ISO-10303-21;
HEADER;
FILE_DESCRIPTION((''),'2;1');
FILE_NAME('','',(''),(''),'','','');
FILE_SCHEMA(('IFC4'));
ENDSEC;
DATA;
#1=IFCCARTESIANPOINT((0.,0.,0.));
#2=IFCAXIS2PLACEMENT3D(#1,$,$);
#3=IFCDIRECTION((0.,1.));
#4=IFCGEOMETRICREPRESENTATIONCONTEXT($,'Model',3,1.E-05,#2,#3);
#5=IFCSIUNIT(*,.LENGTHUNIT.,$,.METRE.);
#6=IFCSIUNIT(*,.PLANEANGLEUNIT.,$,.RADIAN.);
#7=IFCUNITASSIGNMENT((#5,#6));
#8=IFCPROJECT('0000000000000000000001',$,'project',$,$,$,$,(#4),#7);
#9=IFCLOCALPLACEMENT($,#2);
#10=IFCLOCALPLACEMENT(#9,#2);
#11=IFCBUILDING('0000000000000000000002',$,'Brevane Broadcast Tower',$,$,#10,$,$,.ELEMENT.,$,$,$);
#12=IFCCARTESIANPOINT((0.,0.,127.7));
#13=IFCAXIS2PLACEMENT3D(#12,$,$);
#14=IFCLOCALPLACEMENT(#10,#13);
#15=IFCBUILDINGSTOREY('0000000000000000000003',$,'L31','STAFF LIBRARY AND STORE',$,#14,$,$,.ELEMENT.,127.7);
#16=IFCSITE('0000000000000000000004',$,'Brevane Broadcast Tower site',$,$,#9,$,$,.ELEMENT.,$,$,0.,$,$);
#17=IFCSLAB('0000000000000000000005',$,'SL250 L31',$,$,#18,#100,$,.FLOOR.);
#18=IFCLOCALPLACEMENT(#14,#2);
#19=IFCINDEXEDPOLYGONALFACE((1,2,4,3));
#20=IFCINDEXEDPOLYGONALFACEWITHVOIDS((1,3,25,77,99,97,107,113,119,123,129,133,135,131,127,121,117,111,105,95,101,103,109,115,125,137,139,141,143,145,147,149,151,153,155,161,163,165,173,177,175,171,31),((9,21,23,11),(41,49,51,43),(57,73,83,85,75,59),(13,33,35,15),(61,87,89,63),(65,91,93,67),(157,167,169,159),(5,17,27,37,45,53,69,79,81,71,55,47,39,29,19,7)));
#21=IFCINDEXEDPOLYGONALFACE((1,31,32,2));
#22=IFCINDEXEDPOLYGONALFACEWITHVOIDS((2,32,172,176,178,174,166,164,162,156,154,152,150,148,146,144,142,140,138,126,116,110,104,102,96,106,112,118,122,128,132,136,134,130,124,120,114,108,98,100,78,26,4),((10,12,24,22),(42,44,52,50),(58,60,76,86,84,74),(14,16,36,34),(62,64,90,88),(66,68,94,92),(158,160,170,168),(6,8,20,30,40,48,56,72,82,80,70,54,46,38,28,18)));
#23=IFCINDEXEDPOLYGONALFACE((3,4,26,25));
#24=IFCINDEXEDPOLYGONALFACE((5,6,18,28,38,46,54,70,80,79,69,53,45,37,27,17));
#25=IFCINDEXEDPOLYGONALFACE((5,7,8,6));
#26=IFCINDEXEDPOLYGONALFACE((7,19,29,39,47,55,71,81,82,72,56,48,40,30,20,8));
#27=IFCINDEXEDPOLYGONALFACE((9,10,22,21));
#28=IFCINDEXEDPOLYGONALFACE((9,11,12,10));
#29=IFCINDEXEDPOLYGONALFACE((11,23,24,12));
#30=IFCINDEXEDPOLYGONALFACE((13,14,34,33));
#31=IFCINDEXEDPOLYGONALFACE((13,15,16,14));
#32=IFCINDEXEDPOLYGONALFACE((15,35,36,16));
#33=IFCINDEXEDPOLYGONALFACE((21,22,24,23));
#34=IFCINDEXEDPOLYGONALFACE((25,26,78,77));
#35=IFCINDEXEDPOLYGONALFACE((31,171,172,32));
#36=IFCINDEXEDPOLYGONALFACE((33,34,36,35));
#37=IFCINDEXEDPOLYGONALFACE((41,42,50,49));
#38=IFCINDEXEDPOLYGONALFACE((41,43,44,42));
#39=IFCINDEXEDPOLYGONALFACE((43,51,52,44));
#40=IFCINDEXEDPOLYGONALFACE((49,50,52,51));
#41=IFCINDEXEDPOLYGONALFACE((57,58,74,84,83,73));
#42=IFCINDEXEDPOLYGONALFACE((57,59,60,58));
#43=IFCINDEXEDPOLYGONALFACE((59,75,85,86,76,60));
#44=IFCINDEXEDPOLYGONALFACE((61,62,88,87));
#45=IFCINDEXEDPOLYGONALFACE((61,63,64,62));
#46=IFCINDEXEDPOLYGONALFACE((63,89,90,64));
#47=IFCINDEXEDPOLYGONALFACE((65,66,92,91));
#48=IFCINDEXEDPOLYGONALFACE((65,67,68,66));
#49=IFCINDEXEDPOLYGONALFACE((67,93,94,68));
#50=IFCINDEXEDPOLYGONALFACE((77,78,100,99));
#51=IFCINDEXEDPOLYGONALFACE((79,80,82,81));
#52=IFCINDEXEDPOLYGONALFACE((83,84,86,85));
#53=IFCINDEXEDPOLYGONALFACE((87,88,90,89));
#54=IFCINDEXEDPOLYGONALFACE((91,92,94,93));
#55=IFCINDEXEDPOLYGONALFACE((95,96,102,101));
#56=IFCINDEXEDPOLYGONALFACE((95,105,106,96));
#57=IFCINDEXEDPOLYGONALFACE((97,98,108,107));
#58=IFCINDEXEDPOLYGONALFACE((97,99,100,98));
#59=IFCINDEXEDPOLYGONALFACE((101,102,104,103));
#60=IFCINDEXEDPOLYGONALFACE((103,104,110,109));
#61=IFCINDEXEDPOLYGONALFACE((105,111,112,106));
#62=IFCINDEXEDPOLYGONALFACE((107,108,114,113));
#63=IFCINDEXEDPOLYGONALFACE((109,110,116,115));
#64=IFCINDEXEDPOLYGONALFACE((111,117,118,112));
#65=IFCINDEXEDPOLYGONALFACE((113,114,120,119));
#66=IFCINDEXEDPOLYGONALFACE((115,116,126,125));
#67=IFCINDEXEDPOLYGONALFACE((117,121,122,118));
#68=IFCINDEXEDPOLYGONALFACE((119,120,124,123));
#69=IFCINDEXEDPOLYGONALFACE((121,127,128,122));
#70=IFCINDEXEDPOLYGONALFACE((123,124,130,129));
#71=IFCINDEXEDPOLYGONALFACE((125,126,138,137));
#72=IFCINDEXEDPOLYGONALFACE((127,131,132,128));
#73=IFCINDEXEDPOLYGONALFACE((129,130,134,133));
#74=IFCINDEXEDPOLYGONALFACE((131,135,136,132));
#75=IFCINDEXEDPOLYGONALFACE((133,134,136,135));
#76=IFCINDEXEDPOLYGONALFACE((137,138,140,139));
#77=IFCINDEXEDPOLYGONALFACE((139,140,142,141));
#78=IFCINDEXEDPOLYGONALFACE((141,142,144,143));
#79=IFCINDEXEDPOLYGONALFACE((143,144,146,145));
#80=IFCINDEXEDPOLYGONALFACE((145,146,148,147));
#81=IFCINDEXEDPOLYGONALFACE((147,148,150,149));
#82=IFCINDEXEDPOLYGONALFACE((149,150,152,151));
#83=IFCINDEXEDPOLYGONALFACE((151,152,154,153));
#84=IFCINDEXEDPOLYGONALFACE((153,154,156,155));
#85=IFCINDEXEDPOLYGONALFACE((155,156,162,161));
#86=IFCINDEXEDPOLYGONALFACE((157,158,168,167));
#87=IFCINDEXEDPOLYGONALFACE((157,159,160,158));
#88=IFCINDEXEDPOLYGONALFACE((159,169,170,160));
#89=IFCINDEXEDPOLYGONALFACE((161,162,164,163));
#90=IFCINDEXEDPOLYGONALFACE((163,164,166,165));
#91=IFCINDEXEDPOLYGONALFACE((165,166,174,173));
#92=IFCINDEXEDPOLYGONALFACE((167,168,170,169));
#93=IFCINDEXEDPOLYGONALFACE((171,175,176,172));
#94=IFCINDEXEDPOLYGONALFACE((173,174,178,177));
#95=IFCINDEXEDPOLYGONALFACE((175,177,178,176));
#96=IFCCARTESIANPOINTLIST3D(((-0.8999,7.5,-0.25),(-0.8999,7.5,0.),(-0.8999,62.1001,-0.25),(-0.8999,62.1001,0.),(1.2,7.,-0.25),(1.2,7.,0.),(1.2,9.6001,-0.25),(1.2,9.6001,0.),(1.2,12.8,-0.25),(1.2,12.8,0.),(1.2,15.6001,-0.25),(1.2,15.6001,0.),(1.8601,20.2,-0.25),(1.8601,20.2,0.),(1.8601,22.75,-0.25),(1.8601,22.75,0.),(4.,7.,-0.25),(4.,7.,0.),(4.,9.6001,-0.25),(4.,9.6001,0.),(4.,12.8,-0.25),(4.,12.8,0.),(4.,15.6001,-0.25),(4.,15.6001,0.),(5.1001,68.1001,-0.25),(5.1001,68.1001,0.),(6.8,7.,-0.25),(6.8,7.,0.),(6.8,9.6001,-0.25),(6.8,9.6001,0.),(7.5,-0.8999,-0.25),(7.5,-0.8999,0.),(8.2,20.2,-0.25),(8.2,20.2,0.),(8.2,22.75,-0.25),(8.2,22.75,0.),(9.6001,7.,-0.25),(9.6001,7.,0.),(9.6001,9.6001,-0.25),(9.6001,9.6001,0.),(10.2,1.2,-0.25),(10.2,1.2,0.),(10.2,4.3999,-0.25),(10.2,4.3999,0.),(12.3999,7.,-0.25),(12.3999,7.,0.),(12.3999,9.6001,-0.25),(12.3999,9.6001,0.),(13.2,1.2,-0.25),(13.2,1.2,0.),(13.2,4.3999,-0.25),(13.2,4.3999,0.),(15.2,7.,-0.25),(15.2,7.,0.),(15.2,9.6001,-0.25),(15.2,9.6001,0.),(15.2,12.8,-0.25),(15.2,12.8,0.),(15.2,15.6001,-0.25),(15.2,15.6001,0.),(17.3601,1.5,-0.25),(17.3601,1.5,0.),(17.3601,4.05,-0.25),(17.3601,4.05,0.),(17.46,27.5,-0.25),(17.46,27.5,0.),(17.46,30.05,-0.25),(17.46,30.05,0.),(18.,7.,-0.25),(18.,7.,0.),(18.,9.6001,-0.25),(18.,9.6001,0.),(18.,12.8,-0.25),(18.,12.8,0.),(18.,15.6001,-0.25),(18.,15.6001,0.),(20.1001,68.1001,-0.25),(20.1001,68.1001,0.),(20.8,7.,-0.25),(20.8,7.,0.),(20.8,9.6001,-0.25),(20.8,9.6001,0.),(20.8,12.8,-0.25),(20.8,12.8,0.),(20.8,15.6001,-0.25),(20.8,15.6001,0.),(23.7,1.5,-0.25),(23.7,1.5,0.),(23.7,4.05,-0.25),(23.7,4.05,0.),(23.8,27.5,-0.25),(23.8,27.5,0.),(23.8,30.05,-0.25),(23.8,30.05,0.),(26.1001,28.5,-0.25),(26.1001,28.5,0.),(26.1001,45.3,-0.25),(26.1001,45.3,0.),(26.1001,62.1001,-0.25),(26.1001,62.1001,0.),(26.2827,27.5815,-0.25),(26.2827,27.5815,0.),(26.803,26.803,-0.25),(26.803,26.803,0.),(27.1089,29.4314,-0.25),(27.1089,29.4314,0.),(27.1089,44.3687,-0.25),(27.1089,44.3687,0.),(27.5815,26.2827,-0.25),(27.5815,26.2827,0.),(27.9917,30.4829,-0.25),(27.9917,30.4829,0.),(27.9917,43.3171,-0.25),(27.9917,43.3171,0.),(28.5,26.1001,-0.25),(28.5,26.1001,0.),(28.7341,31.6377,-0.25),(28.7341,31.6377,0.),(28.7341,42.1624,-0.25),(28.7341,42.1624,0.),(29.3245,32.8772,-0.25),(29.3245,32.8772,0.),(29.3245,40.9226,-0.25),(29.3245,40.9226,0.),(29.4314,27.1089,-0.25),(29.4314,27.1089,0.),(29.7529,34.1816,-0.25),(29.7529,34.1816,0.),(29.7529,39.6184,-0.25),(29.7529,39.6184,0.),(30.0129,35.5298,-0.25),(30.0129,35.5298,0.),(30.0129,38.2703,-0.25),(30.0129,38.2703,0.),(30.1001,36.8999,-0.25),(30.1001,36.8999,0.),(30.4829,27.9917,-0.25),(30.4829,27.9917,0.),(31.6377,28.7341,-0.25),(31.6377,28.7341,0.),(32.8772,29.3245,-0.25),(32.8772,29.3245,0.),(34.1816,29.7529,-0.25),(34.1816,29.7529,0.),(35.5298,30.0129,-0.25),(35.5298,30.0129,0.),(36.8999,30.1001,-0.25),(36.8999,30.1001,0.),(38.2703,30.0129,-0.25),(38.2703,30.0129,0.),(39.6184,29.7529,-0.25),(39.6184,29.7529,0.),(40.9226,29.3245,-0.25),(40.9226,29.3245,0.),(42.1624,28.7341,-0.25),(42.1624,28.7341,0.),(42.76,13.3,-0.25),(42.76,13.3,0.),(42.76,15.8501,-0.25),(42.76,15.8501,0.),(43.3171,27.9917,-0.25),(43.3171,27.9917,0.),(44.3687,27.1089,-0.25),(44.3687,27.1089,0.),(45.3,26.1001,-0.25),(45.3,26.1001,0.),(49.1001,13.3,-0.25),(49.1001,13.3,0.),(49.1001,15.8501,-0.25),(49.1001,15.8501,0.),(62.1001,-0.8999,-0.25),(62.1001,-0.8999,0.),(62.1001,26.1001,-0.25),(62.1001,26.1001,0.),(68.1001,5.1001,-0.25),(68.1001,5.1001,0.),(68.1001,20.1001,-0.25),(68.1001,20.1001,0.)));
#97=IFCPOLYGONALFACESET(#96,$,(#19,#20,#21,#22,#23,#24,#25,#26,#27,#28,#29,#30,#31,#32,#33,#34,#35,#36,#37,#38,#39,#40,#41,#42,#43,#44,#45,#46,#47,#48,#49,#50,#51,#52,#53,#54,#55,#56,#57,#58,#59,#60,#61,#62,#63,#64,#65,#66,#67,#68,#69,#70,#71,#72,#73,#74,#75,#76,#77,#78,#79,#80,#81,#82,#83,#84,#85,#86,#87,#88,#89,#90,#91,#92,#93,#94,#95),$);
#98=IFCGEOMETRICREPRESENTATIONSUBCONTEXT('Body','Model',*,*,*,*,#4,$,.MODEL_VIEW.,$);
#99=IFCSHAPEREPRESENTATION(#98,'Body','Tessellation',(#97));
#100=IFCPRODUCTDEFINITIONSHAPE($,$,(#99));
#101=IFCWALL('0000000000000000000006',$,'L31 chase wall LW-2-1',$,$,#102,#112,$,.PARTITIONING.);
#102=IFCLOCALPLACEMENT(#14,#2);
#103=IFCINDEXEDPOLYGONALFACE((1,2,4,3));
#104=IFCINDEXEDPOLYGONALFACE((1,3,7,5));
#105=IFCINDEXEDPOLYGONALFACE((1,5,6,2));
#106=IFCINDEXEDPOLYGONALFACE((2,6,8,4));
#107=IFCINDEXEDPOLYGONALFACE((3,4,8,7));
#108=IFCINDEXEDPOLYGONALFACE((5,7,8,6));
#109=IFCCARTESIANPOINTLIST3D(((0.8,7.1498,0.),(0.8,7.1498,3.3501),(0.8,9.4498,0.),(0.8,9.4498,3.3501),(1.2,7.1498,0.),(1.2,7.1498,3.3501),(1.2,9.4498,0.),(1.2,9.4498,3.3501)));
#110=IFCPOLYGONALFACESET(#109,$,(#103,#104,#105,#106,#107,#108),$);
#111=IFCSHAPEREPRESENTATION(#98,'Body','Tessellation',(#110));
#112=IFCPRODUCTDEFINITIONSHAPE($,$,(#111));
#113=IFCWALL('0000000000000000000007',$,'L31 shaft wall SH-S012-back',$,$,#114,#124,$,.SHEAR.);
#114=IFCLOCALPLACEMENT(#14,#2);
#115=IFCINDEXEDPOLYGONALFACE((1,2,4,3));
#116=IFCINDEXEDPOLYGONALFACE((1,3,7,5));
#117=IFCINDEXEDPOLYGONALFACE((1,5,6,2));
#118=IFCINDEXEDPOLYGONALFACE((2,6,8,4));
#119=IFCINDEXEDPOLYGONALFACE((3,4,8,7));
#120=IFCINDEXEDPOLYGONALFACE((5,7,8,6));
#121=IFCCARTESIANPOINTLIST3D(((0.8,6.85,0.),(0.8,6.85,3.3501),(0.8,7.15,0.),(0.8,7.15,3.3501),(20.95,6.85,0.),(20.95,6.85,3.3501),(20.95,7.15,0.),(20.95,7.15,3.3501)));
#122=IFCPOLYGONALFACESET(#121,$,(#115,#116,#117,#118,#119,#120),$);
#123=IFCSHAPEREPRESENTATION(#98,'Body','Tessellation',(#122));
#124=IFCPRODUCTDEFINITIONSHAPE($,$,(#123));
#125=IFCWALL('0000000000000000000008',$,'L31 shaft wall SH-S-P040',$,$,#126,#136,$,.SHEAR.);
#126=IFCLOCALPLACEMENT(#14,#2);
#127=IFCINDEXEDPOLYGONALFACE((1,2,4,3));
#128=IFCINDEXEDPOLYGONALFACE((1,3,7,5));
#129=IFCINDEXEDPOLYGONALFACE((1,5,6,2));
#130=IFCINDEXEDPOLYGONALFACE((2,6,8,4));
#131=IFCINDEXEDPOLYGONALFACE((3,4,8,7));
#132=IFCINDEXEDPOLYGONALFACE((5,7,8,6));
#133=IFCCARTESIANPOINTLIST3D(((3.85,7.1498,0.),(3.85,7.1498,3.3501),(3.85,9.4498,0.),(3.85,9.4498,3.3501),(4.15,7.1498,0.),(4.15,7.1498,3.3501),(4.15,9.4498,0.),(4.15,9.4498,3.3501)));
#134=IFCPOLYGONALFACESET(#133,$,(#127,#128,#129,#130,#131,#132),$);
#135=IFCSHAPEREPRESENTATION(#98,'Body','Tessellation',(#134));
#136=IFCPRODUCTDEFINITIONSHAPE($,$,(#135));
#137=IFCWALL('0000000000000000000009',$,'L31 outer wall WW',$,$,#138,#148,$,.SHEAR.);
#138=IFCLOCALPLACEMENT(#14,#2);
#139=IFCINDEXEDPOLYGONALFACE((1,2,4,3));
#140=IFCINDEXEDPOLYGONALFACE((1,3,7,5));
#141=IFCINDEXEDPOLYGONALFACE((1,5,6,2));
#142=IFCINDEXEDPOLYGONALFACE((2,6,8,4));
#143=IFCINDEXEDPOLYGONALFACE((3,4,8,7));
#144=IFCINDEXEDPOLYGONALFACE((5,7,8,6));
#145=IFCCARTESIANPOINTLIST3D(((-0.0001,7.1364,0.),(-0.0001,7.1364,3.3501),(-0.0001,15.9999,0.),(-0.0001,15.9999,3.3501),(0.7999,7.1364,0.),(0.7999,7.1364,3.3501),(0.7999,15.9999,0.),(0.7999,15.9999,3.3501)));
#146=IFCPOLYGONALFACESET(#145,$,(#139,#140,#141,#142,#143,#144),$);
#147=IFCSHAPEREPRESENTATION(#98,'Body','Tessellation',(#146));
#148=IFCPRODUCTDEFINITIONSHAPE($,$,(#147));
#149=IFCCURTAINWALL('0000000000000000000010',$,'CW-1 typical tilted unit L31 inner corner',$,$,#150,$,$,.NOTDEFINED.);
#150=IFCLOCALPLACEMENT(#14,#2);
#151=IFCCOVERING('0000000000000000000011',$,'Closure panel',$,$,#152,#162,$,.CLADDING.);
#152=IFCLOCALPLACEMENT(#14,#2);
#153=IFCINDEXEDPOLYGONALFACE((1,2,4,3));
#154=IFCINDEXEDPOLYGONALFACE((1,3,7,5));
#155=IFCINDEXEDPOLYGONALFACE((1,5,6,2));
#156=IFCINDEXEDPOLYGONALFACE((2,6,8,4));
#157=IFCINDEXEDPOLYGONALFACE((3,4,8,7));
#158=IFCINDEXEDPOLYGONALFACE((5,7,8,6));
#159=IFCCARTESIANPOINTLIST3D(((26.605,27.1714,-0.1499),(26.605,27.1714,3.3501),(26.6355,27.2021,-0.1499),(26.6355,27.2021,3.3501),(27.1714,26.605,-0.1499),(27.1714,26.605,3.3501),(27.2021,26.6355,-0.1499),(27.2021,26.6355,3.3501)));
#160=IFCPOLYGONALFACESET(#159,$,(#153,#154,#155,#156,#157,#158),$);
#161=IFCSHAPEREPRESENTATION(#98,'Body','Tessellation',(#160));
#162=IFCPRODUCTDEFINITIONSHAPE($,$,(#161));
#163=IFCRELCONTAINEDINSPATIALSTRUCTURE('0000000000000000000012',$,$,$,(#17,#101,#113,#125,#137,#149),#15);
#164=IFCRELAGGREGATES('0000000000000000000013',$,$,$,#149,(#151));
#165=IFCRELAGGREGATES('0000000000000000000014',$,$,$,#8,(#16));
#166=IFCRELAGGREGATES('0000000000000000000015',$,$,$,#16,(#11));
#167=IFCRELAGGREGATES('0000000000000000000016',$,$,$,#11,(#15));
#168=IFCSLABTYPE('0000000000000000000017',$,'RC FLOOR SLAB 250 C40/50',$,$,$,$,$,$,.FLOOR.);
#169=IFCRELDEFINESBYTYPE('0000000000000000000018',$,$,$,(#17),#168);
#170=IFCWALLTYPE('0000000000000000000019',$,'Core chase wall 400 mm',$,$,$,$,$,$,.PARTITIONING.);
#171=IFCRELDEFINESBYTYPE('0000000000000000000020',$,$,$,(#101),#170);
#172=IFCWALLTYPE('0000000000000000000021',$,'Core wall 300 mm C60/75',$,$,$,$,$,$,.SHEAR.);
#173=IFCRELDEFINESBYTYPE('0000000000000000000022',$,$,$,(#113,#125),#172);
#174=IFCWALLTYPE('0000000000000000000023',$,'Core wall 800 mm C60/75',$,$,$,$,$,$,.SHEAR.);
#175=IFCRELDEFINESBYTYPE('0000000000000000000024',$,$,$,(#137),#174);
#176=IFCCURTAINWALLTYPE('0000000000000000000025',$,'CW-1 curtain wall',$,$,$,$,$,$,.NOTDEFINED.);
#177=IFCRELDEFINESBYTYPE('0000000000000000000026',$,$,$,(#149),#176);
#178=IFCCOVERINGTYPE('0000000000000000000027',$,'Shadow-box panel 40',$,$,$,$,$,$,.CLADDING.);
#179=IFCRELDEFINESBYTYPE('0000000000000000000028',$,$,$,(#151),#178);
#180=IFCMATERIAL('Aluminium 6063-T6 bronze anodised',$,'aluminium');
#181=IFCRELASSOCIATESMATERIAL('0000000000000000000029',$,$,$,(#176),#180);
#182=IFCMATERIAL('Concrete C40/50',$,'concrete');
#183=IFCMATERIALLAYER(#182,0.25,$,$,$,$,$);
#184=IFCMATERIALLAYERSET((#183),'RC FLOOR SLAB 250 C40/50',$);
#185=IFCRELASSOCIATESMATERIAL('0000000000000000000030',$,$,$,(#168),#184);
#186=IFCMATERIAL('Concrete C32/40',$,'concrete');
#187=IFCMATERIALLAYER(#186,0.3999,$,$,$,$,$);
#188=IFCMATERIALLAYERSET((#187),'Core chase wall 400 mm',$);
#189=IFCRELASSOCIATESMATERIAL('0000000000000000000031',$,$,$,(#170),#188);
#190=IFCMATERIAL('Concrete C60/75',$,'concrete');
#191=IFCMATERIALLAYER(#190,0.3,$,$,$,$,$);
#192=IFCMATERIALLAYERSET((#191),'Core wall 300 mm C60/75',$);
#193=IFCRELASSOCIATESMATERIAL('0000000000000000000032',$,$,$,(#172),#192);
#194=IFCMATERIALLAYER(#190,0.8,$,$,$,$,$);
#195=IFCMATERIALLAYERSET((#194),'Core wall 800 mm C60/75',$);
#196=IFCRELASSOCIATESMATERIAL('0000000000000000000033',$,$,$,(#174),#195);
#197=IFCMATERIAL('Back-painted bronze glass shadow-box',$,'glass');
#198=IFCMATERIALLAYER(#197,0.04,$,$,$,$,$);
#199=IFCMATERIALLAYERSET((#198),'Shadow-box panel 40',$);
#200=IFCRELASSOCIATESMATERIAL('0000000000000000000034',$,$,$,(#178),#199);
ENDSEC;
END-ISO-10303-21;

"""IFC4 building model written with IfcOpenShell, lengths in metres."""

from ifc_helpers import new_model, si_unit, direction, frame, frame_2d, origin, place, context, subcontext, project, spatial, polyline, rectangle, outline, extrude, material, layer, layer_set, type_object, element, aggregate, save


model = new_model("IFC4")

# Units and contexts
model_context = context("Model", 3, precision=1e-05, world=origin(), true_north=direction((0.0, 1.0)))
body_context = subcontext(model_context, "Body", "Model", "MODEL_VIEW")
ifc_project = project(units=[si_unit("LENGTHUNIT", "METRE"), si_unit("PLANEANGLEUNIT", "RADIAN")], contexts=[model_context])

# Site, building, storey
site_placement = place(None, origin())
site = spatial("IfcSite", under=ifc_project, at=site_placement, Name="Brevane Broadcast Tower site", CompositionType="ELEMENT", RefElevation=0.0)
building_placement = place(site_placement, origin())
building = spatial("IfcBuilding", under=site, at=building_placement, Name="Brevane Broadcast Tower", CompositionType="ELEMENT")
storey_placement = place(building_placement, frame((0.0, 0.0, 127.7)))
storey = spatial("IfcBuildingStorey", under=building, at=storey_placement, Name="L31", Description="STAFF LIBRARY AND STORE", CompositionType="ELEMENT", Elevation=127.7)

# Shared definitions
ifc_material_1 = material(Name="Aluminium 6063-T6 bronze anodised", Category="aluminium")
curtain_wall_type = type_object("IfcCurtainWallType", Name="CW-1 curtain wall", PredefinedType="NOTDEFINED", material=ifc_material_1)

# Slab
ifc_material_2 = material(Name="Concrete C40/50", Category="concrete")
ifc_layer_1 = layer(ifc_material_2, 0.25)
ifc_layer_set_1 = layer_set([ifc_layer_1], Name="RC FLOOR SLAB 250 C40/50")
slab_type_1 = type_object("IfcSlabType", Name="RC FLOOR SLAB 250 C40/50", PredefinedType="FLOOR", material=ifc_layer_set_1)
slab_1_placement = place(storey_placement, frame((0.0, 0.0, -0.25)))
element("IfcSlab", 1, at=slab_1_placement, inside=storey, type_object=slab_type_1, Name="SL250 L31", PredefinedType="FLOOR", context=body_context, shape_type="SweptSolid", body=[
    extrude(outline(polyline([(-0.8999, 7.5), (-0.8999, 62.1001), (5.1001, 68.1001), (20.1001, 68.1001), (26.1001, 62.1001), (26.1001, 45.3), (27.1089, 44.3687), (27.9917, 43.3171), (28.7341, 42.1624), (29.3245, 40.9226), (29.7529, 39.6184), (30.0129, 38.2703), (30.1001, 36.8999), (30.0129, 35.5298), (29.7529, 34.1816), (29.3245, 32.8772), (28.7341, 31.6377), (27.9917, 30.4829), (27.1089, 29.4314), (26.1001, 28.5), (26.2827, 27.5815), (26.803, 26.803), (27.5815, 26.2827), (28.5, 26.1001), (29.4314, 27.1089), (30.4829, 27.9917), (31.6377, 28.7341), (32.8772, 29.3245), (34.1816, 29.7529), (35.5298, 30.0129), (36.8999, 30.1001), (38.2703, 30.0129), (39.6184, 29.7529), (40.9226, 29.3245), (42.1624, 28.7341), (43.3171, 27.9917), (44.3687, 27.1089), (45.3, 26.1001), (62.1001, 26.1001), (68.1001, 20.1001), (68.1001, 5.1001), (62.1001, -0.8999), (7.5, -0.8999), (-0.8999, 7.5)]), holes=[polyline([(13.2, 4.3999), (10.2, 4.3999), (10.2, 1.2), (13.2, 1.2), (13.2, 4.3999)]), polyline([(4.0, 9.6001), (1.2, 9.6001), (1.2, 7.0), (4.0, 7.0), (6.8, 7.0), (9.6001, 7.0), (12.3999, 7.0), (15.2, 7.0), (18.0, 7.0), (20.8, 7.0), (20.8, 9.6001), (18.0, 9.6001), (15.2, 9.6001), (12.3999, 9.6001), (9.6001, 9.6001), (6.8, 9.6001), (4.0, 9.6001)]), polyline([(4.0, 12.8), (4.0, 15.6001), (1.2, 15.6001), (1.2, 12.8), (4.0, 12.8)]), polyline([(8.2, 22.75), (1.8601, 22.75), (1.8601, 20.2), (8.2, 20.2), (8.2, 22.75)]), polyline([(23.7, 4.05), (17.3601, 4.05), (17.3601, 1.5), (23.7, 1.5), (23.7, 4.05)]), polyline([(18.0, 15.6001), (15.2, 15.6001), (15.2, 12.8), (18.0, 12.8), (20.8, 12.8), (20.8, 15.6001), (18.0, 15.6001)]), polyline([(49.1001, 15.8501), (42.76, 15.8501), (42.76, 13.3), (49.1001, 13.3), (49.1001, 15.8501)]), polyline([(23.8, 30.05), (17.46, 30.05), (17.46, 27.5), (23.8, 27.5), (23.8, 30.05)])]), origin(), (0.0, 0.0, 1.0), 0.25),
])

# Walls
ifc_material_3 = material(Name="Concrete C32/40", Category="concrete")
ifc_layer_2 = layer(ifc_material_3, 0.3999)
ifc_layer_set_2 = layer_set([ifc_layer_2], Name="Core chase wall 400 mm")
wall_type_1 = type_object("IfcWallType", Name="Core chase wall 400 mm", PredefinedType="PARTITIONING", material=ifc_layer_set_2)
wall_1_placement = place(storey_placement, frame((1.0, 7.1499, 0.0), z_axis=(0.0, 0.0, 1.0), x_axis=(0.0, 1.0, 0.0)))
element("IfcWall", 2, at=wall_1_placement, inside=storey, type_object=wall_type_1, Name="L31 chase wall LW-2-1", PredefinedType="PARTITIONING", context=body_context, shape_type="SweptSolid", body=[
    extrude(rectangle(XDim=2.3, YDim=0.3999, at=frame_2d((1.1499, 0.0))), origin(), (0.0, 0.0, 1.0), 3.3501),
])
ifc_material_4 = material(Name="Concrete C60/75", Category="concrete")
ifc_layer_3 = layer(ifc_material_4, 0.3)
ifc_layer_set_3 = layer_set([ifc_layer_3], Name="Core wall 300 mm C60/75")
wall_type_2 = type_object("IfcWallType", Name="Core wall 300 mm C60/75", PredefinedType="SHEAR", material=ifc_layer_set_3)
wall_2_placement = place(storey_placement, frame((0.8, 7.0, 0.0), z_axis=(0.0, 0.0, 1.0), x_axis=(1.0, 0.0, 0.0)))
element("IfcWall", 3, at=wall_2_placement, inside=storey, type_object=wall_type_2, Name="L31 shaft wall SH-S012-back", PredefinedType="SHEAR", context=body_context, shape_type="SweptSolid", body=[
    extrude(rectangle(XDim=20.1499, YDim=0.3, at=frame_2d((10.075, 0.0))), origin(), (0.0, 0.0, 1.0), 3.3501),
])
wall_3_placement = place(storey_placement, frame((4.0, 7.1499, 0.0), z_axis=(0.0, 0.0, 1.0), x_axis=(0.0, 1.0, 0.0)))
element("IfcWall", 4, at=wall_3_placement, inside=storey, type_object=wall_type_2, Name="L31 shaft wall SH-S-P040", PredefinedType="SHEAR", context=body_context, shape_type="SweptSolid", body=[
    extrude(rectangle(XDim=2.3, YDim=0.3, at=frame_2d((1.1499, 0.0))), origin(), (0.0, 0.0, 1.0), 3.3501),
])
ifc_layer_4 = layer(ifc_material_4, 0.8)
ifc_layer_set_4 = layer_set([ifc_layer_4], Name="Core wall 800 mm C60/75")
wall_type_3 = type_object("IfcWallType", Name="Core wall 800 mm C60/75", PredefinedType="SHEAR", material=ifc_layer_set_4)
wall_4_placement = place(storey_placement, frame((0.3999, 7.1365, 0.0), z_axis=(0.0, 0.0, 1.0), x_axis=(0.0, 1.0, 0.0)))
element("IfcWall", 5, at=wall_4_placement, inside=storey, type_object=wall_type_3, Name="L31 outer wall WW", PredefinedType="SHEAR", context=body_context, shape_type="SweptSolid", body=[
    extrude(rectangle(XDim=8.8635, YDim=0.8, at=frame_2d((4.4316, 0.0))), origin(), (0.0, 0.0, 1.0), 3.3501),
])

# Curtain wall, covering
curtain_wall_1_placement = place(storey_placement, origin())
curtain_wall_1 = element("IfcCurtainWall", 6, at=curtain_wall_1_placement, inside=storey, type_object=curtain_wall_type, Name="CW-1 typical tilted unit L31 inner corner", PredefinedType="NOTDEFINED")
ifc_material_5 = material(Name="Back-painted bronze glass shadow-box", Category="glass")
ifc_layer_5 = layer(ifc_material_5, 0.04)
ifc_layer_set_5 = layer_set([ifc_layer_5], Name="Shadow-box panel 40")
covering_type = type_object("IfcCoveringType", Name="Shadow-box panel 40", PredefinedType="CLADDING", material=ifc_layer_set_5)
covering_placement = place(storey_placement, frame((0.0, 0.0, -0.1499)))
covering = element("IfcCovering", 7, at=covering_placement, type_object=covering_type, Name="Closure panel", PredefinedType="CLADDING", context=body_context, shape_type="SweptSolid", body=[
    extrude(outline(polyline([(27.1714, 26.605), (27.2021, 26.6355), (26.6355, 27.2021), (26.605, 27.1714), (27.1714, 26.605)])), origin(), (0.0, 0.0, 1.0), 3.5),
])
aggregate(curtain_wall_1, [covering])

save(model, "model.ifc")
